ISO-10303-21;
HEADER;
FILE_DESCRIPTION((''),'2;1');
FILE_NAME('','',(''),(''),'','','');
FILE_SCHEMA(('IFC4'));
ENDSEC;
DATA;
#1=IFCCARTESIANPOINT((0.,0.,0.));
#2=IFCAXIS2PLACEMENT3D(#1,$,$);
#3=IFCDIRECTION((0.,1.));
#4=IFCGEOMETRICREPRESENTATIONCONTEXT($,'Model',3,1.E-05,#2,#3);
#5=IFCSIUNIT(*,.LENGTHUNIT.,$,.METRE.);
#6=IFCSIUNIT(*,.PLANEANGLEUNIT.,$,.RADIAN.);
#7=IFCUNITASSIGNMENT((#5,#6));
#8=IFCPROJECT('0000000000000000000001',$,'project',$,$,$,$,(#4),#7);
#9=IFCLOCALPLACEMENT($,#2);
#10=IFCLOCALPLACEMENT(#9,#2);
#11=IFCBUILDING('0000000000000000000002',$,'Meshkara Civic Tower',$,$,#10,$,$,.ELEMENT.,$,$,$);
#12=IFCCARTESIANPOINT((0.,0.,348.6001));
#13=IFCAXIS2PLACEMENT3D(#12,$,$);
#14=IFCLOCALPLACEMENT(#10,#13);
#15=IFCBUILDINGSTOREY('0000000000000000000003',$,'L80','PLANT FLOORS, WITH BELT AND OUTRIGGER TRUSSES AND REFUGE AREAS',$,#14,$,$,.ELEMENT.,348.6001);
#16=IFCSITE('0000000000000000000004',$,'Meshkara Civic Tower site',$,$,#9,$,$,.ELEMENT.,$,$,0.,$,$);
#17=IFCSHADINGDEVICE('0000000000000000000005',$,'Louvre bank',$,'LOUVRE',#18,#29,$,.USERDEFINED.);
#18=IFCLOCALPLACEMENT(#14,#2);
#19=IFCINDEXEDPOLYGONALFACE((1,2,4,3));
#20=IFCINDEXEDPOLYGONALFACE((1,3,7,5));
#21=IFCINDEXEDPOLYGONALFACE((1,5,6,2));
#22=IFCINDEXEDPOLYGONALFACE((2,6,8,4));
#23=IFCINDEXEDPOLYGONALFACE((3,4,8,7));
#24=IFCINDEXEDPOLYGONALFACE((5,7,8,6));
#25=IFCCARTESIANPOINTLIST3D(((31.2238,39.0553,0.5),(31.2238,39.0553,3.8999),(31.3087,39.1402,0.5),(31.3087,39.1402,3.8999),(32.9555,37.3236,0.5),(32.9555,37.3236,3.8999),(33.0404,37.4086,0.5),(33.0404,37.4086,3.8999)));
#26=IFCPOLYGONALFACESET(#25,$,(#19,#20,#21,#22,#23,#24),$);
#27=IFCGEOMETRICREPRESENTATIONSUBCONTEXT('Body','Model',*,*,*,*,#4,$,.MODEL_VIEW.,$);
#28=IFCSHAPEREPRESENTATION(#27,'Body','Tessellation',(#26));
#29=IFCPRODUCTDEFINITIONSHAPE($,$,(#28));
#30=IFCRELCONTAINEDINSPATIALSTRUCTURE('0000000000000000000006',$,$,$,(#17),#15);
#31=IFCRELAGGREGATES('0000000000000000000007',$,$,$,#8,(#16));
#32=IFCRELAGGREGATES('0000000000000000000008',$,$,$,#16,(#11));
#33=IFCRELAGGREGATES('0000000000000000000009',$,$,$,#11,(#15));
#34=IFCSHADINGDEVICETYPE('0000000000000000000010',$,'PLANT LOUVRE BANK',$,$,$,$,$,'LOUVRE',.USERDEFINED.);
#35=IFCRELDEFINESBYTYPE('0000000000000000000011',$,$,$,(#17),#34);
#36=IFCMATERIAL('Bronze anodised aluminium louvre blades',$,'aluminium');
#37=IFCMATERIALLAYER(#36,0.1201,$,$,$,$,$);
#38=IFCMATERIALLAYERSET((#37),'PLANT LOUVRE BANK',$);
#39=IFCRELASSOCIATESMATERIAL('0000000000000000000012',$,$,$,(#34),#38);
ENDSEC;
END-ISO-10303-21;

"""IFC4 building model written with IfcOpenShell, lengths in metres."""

from ifc_helpers import new_model, si_unit, direction, frame, origin, origin_2d, place, context, subcontext, project, spatial, rectangle, extrude, material, layer, layer_set, type_object, element, save


model = new_model("IFC4")

# Units and contexts
model_context = context("Model", 3, precision=1e-05, world=origin(), true_north=direction((0.0, 1.0)))
body_context = subcontext(model_context, "Body", "Model", "MODEL_VIEW")
ifc_project = project(units=[si_unit("LENGTHUNIT", "METRE"), si_unit("PLANEANGLEUNIT", "RADIAN")], contexts=[model_context])

# Site, building, storey
site_placement = place(None, origin())
site = spatial("IfcSite", under=ifc_project, at=site_placement, Name="Meshkara Civic Tower site", CompositionType="ELEMENT", RefElevation=0.0)
building_placement = place(site_placement, origin())
building = spatial("IfcBuilding", under=site, at=building_placement, Name="Meshkara Civic Tower", CompositionType="ELEMENT")
storey_placement = place(building_placement, frame((0.0, 0.0, 348.6001)))
storey = spatial("IfcBuildingStorey", under=building, at=storey_placement, Name="L80", Description="PLANT FLOORS, WITH BELT AND OUTRIGGER TRUSSES AND REFUGE AREAS", CompositionType="ELEMENT", Elevation=348.6001)

# Shading device
ifc_material_1 = material(Name="Bronze anodised aluminium louvre blades", Category="aluminium")
ifc_layer_1 = layer(ifc_material_1, 0.1201)
ifc_layer_set_1 = layer_set([ifc_layer_1], Name="PLANT LOUVRE BANK")
shading_device_type = type_object("IfcShadingDeviceType", Name="PLANT LOUVRE BANK", ElementType="LOUVRE", PredefinedType="USERDEFINED", material=ifc_layer_set_1)
shading_device_placement = place(storey_placement, frame((32.1321, 38.2319, 0.5), z_axis=(0.0, 0.0, 1.0), x_axis=(-0.707107, 0.707107, 0.0)))
element("IfcShadingDevice", 1, at=shading_device_placement, inside=storey, type_object=shading_device_type, Name="Louvre bank", ObjectType="LOUVRE", PredefinedType="USERDEFINED", context=body_context, shape_type="SweptSolid", body=[
    extrude(rectangle(XDim=2.449, YDim=0.1201, at=origin_2d()), origin(), (0.0, 0.0, 1.0), 3.3999),
])

save(model, "model.ifc")
